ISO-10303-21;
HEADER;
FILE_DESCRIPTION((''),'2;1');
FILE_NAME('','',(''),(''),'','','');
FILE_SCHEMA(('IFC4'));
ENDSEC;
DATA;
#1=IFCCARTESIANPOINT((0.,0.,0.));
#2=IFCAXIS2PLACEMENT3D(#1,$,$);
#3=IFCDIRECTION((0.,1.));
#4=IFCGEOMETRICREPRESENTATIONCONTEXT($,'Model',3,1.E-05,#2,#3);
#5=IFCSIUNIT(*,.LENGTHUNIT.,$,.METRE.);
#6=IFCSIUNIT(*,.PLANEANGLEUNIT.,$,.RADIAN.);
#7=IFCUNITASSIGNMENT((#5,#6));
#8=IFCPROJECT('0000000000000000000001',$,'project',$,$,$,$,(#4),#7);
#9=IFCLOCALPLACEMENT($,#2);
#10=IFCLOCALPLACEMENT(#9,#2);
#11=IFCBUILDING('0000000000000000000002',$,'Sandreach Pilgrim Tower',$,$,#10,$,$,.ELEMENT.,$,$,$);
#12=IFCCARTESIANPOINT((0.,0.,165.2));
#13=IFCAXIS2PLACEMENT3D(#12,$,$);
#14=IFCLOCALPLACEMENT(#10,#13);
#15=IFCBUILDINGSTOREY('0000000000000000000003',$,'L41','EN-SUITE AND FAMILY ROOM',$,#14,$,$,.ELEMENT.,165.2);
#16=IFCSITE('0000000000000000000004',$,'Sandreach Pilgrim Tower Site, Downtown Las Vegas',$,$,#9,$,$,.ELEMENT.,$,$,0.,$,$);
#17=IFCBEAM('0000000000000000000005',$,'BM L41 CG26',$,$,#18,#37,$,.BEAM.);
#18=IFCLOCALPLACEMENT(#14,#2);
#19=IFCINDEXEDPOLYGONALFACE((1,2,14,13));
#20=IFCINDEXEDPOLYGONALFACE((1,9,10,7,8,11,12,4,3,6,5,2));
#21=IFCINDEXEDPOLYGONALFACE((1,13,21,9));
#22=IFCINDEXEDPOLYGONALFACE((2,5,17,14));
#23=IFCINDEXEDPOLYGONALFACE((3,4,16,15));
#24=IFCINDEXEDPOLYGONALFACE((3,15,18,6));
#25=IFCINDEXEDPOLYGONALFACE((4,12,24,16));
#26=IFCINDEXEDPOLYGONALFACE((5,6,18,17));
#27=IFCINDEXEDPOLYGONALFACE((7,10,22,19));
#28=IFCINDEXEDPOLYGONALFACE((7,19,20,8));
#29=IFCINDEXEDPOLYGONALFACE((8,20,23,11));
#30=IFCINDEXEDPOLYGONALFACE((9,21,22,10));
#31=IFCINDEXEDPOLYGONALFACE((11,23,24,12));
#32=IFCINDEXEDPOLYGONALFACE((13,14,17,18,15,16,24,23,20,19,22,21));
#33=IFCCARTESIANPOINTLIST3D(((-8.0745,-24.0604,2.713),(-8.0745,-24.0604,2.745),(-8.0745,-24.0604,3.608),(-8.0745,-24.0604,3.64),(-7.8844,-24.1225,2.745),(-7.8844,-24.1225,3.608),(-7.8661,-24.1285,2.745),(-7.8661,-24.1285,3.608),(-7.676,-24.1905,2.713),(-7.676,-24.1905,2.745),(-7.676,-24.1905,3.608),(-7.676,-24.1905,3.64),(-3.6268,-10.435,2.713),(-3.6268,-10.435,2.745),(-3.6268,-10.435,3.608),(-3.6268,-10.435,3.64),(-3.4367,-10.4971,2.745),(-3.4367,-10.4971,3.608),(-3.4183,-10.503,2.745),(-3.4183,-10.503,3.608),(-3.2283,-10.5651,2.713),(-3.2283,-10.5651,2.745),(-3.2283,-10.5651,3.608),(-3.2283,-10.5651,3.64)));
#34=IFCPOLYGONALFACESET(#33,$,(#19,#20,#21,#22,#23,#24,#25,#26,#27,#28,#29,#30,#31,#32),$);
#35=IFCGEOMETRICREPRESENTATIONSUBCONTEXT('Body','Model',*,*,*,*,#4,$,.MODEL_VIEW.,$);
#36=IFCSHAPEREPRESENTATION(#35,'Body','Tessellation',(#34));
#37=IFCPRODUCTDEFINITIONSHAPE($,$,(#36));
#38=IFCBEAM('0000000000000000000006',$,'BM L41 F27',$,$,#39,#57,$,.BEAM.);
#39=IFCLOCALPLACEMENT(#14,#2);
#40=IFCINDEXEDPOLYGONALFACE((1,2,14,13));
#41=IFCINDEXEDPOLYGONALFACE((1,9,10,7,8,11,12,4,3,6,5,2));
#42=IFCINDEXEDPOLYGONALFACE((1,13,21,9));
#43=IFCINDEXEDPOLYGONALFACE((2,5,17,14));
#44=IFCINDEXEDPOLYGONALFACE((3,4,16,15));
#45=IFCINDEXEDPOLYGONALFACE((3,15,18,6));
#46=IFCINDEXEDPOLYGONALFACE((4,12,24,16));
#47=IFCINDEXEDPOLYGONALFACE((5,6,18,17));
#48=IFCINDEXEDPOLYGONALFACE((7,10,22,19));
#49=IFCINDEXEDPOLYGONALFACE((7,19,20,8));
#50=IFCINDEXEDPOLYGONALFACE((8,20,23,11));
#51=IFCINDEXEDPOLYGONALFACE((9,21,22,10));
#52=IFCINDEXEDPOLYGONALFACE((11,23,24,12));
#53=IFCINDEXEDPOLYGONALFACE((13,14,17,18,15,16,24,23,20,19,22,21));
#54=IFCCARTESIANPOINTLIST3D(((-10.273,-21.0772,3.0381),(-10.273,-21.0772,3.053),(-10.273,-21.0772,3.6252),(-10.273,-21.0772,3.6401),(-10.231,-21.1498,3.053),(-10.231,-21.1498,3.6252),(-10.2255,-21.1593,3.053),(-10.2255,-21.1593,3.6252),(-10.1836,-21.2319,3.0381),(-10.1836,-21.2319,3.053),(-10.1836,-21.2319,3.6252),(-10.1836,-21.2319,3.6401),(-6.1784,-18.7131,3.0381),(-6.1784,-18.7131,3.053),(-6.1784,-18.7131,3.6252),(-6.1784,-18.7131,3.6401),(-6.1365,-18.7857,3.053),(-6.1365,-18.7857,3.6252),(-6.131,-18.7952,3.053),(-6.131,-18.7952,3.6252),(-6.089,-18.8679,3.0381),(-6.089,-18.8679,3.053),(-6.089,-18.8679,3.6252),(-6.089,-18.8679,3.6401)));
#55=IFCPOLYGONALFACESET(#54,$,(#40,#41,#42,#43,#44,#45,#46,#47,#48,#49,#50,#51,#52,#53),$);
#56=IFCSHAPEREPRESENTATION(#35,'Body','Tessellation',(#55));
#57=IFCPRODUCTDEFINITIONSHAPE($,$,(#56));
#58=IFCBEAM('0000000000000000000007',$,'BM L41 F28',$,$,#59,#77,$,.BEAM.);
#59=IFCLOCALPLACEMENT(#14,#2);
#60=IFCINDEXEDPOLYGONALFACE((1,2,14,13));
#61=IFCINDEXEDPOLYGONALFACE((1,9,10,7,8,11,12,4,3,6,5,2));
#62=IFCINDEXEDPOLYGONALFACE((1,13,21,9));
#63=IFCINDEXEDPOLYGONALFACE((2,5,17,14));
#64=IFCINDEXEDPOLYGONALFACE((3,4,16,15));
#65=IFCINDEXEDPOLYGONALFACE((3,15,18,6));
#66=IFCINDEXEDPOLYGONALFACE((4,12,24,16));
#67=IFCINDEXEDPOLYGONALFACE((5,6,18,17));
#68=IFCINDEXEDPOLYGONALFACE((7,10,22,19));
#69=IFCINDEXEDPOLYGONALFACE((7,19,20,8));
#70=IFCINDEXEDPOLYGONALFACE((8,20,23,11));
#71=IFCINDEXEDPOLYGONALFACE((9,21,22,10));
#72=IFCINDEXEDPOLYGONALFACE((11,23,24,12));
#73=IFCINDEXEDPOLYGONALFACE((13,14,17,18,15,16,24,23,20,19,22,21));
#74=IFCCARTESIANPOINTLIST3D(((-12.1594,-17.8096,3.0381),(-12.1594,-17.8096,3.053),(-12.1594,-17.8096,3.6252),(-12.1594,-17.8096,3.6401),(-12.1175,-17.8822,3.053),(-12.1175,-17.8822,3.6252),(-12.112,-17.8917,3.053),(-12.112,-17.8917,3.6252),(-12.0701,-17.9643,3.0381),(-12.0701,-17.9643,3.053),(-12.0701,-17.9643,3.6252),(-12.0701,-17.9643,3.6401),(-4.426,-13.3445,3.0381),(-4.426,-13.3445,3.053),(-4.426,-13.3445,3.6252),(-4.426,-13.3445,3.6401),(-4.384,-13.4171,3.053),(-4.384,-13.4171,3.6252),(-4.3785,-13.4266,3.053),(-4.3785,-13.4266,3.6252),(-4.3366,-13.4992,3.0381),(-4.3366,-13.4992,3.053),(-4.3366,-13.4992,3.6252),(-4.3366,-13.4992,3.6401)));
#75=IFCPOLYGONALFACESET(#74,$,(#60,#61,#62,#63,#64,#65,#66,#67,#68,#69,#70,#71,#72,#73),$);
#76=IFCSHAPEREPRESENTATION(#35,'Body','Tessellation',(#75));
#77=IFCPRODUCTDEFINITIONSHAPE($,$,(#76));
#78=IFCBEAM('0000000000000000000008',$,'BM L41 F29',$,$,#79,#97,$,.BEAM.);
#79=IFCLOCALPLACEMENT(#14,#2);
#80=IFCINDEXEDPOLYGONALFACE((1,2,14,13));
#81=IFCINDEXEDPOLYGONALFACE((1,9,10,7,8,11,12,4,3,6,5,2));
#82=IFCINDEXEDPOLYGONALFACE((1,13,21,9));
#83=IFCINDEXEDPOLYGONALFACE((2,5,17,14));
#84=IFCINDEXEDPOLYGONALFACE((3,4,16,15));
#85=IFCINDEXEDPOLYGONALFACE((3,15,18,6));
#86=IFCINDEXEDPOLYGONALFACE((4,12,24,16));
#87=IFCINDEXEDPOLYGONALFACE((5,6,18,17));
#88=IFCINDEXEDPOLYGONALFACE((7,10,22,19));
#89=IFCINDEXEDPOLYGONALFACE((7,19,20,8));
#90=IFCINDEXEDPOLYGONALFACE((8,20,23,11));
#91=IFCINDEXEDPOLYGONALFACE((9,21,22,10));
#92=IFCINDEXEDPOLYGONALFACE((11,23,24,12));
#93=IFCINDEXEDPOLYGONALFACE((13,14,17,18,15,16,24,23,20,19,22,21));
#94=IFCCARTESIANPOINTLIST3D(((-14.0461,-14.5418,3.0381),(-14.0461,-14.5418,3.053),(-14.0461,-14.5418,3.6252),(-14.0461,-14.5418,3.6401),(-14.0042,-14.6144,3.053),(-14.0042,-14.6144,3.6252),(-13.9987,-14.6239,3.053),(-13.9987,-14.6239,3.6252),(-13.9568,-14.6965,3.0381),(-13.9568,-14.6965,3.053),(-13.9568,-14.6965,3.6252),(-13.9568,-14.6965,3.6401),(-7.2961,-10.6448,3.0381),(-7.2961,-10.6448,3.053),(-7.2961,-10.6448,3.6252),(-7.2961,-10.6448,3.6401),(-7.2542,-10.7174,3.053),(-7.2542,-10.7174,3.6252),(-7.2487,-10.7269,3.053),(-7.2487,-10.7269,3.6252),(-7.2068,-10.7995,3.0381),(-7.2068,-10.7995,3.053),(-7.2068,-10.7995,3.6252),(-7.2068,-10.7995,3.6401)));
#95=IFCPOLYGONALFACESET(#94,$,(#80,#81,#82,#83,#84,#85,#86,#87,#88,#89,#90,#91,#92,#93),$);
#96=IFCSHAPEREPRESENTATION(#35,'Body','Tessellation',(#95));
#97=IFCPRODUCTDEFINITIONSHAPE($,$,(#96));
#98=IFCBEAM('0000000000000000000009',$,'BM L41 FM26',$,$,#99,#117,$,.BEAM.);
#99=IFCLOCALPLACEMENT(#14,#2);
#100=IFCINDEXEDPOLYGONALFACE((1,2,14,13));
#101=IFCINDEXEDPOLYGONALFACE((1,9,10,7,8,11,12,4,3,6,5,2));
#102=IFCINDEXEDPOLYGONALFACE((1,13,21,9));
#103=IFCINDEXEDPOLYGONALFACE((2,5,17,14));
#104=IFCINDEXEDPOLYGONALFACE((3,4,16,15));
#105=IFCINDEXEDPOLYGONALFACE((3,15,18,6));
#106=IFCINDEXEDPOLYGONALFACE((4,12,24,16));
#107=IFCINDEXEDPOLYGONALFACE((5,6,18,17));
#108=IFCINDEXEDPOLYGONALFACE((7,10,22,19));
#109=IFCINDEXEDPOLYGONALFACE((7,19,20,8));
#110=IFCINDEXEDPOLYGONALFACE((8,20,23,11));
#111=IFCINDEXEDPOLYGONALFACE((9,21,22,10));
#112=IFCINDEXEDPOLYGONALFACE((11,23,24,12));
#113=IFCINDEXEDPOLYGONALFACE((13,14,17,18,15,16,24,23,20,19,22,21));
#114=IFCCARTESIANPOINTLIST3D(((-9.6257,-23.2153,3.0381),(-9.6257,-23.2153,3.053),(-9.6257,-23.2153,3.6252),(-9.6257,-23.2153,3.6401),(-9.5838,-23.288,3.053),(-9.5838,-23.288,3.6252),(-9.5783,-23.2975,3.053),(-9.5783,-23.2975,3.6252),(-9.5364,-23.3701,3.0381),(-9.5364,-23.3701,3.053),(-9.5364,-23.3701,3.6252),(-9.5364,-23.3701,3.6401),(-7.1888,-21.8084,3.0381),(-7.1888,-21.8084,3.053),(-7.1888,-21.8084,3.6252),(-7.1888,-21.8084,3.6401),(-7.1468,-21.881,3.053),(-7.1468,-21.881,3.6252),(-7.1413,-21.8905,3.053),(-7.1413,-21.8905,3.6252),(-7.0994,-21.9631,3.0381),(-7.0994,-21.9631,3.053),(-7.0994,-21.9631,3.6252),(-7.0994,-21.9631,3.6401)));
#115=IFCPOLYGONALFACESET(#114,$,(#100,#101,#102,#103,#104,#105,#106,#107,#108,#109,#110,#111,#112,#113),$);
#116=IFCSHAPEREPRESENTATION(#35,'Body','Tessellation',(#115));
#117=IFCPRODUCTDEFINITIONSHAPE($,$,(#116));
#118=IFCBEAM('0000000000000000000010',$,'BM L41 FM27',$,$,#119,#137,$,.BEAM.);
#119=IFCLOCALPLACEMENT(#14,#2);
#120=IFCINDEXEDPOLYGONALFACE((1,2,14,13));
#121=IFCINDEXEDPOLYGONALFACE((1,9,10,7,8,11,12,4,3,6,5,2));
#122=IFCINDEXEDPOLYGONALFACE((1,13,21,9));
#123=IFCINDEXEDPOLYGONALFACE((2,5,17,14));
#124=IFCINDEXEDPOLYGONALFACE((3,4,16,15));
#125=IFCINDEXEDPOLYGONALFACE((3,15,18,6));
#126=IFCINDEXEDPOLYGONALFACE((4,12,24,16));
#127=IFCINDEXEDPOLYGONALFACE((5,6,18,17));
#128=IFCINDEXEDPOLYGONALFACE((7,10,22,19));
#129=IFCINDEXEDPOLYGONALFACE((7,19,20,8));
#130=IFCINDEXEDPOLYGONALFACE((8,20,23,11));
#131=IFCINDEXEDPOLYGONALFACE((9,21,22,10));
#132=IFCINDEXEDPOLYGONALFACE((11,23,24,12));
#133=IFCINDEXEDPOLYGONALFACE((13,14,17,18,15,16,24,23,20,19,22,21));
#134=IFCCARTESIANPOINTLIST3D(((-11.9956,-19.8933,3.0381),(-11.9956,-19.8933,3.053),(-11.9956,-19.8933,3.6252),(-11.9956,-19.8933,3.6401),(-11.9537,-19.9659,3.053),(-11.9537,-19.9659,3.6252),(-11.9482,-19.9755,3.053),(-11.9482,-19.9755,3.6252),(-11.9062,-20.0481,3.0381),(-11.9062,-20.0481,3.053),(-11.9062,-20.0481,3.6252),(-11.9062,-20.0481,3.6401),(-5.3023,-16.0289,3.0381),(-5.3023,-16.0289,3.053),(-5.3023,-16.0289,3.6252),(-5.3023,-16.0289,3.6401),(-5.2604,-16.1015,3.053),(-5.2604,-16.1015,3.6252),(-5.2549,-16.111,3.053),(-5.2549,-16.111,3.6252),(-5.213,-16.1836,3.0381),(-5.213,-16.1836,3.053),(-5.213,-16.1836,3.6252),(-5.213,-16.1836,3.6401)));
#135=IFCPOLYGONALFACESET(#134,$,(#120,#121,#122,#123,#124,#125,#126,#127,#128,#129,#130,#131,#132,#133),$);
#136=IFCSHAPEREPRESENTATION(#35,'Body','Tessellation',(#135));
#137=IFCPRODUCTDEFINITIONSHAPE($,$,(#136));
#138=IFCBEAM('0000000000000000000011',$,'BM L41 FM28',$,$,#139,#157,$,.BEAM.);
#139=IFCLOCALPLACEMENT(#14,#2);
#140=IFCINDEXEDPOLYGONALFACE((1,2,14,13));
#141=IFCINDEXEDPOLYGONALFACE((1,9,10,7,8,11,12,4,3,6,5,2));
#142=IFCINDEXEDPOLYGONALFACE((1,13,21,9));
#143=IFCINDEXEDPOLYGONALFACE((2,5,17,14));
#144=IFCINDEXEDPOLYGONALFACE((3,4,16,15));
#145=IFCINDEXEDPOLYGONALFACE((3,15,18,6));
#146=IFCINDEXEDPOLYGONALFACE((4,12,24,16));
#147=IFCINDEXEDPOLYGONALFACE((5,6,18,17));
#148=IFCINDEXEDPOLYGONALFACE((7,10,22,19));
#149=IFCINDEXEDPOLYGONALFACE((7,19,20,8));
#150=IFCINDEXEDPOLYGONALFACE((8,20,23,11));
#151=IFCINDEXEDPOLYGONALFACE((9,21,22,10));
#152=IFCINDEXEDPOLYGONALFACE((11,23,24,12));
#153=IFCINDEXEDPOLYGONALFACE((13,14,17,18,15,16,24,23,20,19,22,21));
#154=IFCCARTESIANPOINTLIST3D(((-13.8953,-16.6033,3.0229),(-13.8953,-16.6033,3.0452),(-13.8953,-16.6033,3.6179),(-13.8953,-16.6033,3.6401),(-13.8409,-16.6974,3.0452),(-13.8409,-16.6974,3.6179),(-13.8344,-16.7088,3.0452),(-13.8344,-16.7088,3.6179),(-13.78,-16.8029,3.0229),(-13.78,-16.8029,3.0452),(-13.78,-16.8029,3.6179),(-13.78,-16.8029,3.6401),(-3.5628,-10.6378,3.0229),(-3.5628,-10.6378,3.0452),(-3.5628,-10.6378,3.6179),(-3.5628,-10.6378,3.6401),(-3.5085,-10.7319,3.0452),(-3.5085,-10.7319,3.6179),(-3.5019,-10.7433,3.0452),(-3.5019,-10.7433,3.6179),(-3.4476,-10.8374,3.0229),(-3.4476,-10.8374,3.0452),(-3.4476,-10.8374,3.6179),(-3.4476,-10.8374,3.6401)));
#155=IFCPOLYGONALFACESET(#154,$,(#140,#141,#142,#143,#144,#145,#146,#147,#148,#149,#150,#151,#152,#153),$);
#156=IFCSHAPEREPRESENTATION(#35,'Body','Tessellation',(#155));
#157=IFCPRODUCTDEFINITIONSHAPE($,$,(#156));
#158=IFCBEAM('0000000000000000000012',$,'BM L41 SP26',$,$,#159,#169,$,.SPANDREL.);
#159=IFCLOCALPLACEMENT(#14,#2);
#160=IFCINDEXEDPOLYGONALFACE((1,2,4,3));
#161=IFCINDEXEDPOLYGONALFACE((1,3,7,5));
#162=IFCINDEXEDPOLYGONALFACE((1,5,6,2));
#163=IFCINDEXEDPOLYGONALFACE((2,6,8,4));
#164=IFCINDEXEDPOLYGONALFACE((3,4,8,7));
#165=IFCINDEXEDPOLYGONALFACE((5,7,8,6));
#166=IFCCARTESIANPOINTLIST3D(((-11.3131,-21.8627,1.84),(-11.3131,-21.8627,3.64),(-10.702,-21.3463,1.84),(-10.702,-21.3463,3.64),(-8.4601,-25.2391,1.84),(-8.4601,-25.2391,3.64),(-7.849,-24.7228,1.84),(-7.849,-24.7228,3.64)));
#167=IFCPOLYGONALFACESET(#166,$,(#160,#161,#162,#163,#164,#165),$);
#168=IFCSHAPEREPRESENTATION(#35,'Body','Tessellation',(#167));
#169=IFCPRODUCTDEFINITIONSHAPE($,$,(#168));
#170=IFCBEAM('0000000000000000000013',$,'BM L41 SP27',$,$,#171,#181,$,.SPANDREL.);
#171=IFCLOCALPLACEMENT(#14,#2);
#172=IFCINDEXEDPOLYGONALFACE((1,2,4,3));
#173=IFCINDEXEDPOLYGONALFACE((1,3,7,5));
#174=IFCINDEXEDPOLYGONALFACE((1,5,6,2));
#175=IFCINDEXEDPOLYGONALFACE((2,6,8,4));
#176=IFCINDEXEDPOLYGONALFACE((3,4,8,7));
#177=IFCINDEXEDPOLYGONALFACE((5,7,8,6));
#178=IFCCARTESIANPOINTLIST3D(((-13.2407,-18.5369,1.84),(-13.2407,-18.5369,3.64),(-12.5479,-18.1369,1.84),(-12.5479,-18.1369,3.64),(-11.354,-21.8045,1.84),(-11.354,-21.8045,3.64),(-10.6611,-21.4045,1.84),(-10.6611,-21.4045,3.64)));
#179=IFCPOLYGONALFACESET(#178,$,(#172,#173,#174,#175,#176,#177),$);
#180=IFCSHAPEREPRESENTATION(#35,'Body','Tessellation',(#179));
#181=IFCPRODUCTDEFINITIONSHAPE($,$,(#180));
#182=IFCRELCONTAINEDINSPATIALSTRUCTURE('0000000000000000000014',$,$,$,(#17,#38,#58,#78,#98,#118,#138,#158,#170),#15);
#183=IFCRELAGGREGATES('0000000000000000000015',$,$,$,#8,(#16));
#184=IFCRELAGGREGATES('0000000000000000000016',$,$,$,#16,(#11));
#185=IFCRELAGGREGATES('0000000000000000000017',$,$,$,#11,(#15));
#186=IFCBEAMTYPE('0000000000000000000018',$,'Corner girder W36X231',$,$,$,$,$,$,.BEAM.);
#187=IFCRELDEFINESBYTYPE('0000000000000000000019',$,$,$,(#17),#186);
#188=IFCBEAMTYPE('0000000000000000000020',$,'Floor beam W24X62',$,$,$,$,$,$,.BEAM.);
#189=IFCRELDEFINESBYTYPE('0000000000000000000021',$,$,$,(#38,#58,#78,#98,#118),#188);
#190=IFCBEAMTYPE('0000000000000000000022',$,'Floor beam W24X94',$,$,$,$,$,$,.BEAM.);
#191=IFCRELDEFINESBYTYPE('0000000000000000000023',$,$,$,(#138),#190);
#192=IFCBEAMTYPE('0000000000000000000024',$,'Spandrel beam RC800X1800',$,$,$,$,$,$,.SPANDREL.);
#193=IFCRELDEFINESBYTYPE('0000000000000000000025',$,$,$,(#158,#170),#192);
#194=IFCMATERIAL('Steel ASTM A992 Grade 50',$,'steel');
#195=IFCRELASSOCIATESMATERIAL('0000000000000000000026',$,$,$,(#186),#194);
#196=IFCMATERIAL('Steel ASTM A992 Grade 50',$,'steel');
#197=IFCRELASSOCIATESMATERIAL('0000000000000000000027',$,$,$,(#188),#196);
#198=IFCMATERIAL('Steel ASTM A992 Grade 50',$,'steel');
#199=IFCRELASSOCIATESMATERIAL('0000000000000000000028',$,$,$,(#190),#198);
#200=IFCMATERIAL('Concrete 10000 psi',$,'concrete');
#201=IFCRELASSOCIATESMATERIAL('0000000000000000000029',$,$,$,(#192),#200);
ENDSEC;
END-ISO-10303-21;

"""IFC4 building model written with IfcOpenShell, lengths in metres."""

from ifc_helpers import new_model, si_unit, direction, frame, origin, origin_2d, place, context, subcontext, project, spatial, rectangle, i_section, extrude, material, material_profile, profile_set, type_object, element, save


model = new_model("IFC4")

# Units and contexts
model_context = context("Model", 3, precision=1e-05, world=origin(), true_north=direction((0.0, 1.0)))
body_context = subcontext(model_context, "Body", "Model", "MODEL_VIEW")
ifc_project = project(units=[si_unit("LENGTHUNIT", "METRE"), si_unit("PLANEANGLEUNIT", "RADIAN")], contexts=[model_context])

# Site, building, storey
site_placement = place(None, origin())
site = spatial("IfcSite", under=ifc_project, at=site_placement, Name="Sandreach Pilgrim Tower Site, Downtown Las Vegas", CompositionType="ELEMENT", RefElevation=0.0)
building_placement = place(site_placement, origin())
building = spatial("IfcBuilding", under=site, at=building_placement, Name="Sandreach Pilgrim Tower", CompositionType="ELEMENT")
storey_placement = place(building_placement, frame((0.0, 0.0, 165.2)))
storey = spatial("IfcBuildingStorey", under=building, at=storey_placement, Name="L41", Description="EN-SUITE AND FAMILY ROOM", CompositionType="ELEMENT", Elevation=165.2)

# Beams
ifc_material_1 = material(Name="Steel ASTM A992 Grade 50", Category="steel")
ifc_material_profile_1 = material_profile(ifc_material_1, i_section(OverallWidth=0.4192, OverallDepth=0.927, WebThickness=0.0193, FlangeThickness=0.032, at=origin_2d()), Name="W36X231")
ifc_profile_set_1 = profile_set([ifc_material_profile_1], Name="Steel ASTM A992 Grade 50")
beam_type_1 = type_object("IfcBeamType", Name="Corner girder W36X231", PredefinedType="BEAM", material=ifc_profile_set_1)
beam_1_placement = place(storey_placement, frame((-7.8752, -24.1255, 3.1765), z_axis=(0.310314, 0.950634, 0.0), x_axis=(-0.950634, 0.310314, 0.0)))
element("IfcBeam", 1, at=beam_1_placement, inside=storey, type_object=beam_type_1, Name="BM L41 CG26", PredefinedType="BEAM", context=body_context, shape_type="SweptSolid", body=[
    extrude(i_section(OverallWidth=0.4192, OverallDepth=0.927, WebThickness=0.0193, FlangeThickness=0.032, at=origin_2d()), origin(), (0.0, 0.0, 1.0), 14.333),
])
ifc_material_2 = material(Name="Steel ASTM A992 Grade 50", Category="steel")
ifc_material_profile_2 = material_profile(ifc_material_2, i_section(OverallWidth=0.1787, OverallDepth=0.6021, WebThickness=0.011, FlangeThickness=0.0149, at=origin_2d()), Name="W24X62")
ifc_profile_set_2 = profile_set([ifc_material_profile_2], Name="Steel ASTM A992 Grade 50")
beam_type_2 = type_object("IfcBeamType", Name="Floor beam W24X62", PredefinedType="BEAM", material=ifc_profile_set_2)
beam_2_placement = place(storey_placement, frame((-10.2283, -21.1545, 3.3391), z_axis=(0.86602, 0.50001, 0.0), x_axis=(-0.50001, 0.86602, 0.0)))
element("IfcBeam", 2, at=beam_2_placement, inside=storey, type_object=beam_type_2, Name="BM L41 F27", PredefinedType="BEAM", context=body_context, shape_type="SweptSolid", body=[
    extrude(i_section(OverallWidth=0.1787, OverallDepth=0.6021, WebThickness=0.011, FlangeThickness=0.0149, at=origin_2d()), origin(), (0.0, 0.0, 1.0), 4.728),
])
beam_3_placement = place(storey_placement, frame((-12.1147, -17.887, 3.3391), z_axis=(0.866015, 0.500017, 0.0), x_axis=(-0.500017, 0.866015, 0.0)))
element("IfcBeam", 3, at=beam_3_placement, inside=storey, type_object=beam_type_2, Name="BM L41 F28", PredefinedType="BEAM", context=body_context, shape_type="SweptSolid", body=[
    extrude(i_section(OverallWidth=0.1787, OverallDepth=0.6021, WebThickness=0.011, FlangeThickness=0.0149, at=origin_2d()), origin(), (0.0, 0.0, 1.0), 8.9299),
])
beam_4_placement = place(storey_placement, frame((-14.0015, -14.6191, 3.3391), z_axis=(0.866033, 0.499986, 0.0), x_axis=(-0.499986, 0.866033, 0.0)))
element("IfcBeam", 4, at=beam_4_placement, inside=storey, type_object=beam_type_2, Name="BM L41 F29", PredefinedType="BEAM", context=body_context, shape_type="SweptSolid", body=[
    extrude(i_section(OverallWidth=0.1787, OverallDepth=0.6021, WebThickness=0.011, FlangeThickness=0.0149, at=origin_2d()), origin(), (0.0, 0.0, 1.0), 7.7942),
])
beam_5_placement = place(storey_placement, frame((-9.5811, -23.2927, 3.3391), z_axis=(0.86603, 0.499993, 0.0), x_axis=(-0.499993, 0.86603, 0.0)))
element("IfcBeam", 5, at=beam_5_placement, inside=storey, type_object=beam_type_2, Name="BM L41 FM26", PredefinedType="BEAM", context=body_context, shape_type="SweptSolid", body=[
    extrude(i_section(OverallWidth=0.1787, OverallDepth=0.6021, WebThickness=0.011, FlangeThickness=0.0149, at=origin_2d()), origin(), (0.0, 0.0, 1.0), 2.814),
])
beam_6_placement = place(storey_placement, frame((-11.9509, -19.9707, 3.3391), z_axis=(0.86602, 0.500009, 0.0), x_axis=(-0.500009, 0.86602, 0.0)))
element("IfcBeam", 6, at=beam_6_placement, inside=storey, type_object=beam_type_2, Name="BM L41 FM27", PredefinedType="BEAM", context=body_context, shape_type="SweptSolid", body=[
    extrude(i_section(OverallWidth=0.1787, OverallDepth=0.6021, WebThickness=0.011, FlangeThickness=0.0149, at=origin_2d()), origin(), (0.0, 0.0, 1.0), 7.7288),
])
ifc_material_3 = material(Name="Steel ASTM A992 Grade 50", Category="steel")
ifc_material_profile_3 = material_profile(ifc_material_3, i_section(OverallWidth=0.2305, OverallDepth=0.6172, WebThickness=0.0132, FlangeThickness=0.0222, at=origin_2d()), Name="W24X94")
ifc_profile_set_3 = profile_set([ifc_material_profile_3], Name="Steel ASTM A992 Grade 50")
beam_type_3 = type_object("IfcBeamType", Name="Floor beam W24X94", PredefinedType="BEAM", material=ifc_profile_set_3)
beam_7_placement = place(storey_placement, frame((-13.8376, -16.7031, 3.3315), z_axis=(0.866022, 0.500006, 0.0), x_axis=(-0.500006, 0.866022, 0.0)))
element("IfcBeam", 7, at=beam_7_placement, inside=storey, type_object=beam_type_3, Name="BM L41 FM28", PredefinedType="BEAM", context=body_context, shape_type="SweptSolid", body=[
    extrude(i_section(OverallWidth=0.2305, OverallDepth=0.6172, WebThickness=0.0132, FlangeThickness=0.0222, at=origin_2d()), origin(), (0.0, 0.0, 1.0), 11.9309),
])
ifc_material_4 = material(Name="Concrete 10000 psi", Category="concrete")
ifc_material_profile_4 = material_profile(ifc_material_4, rectangle(XDim=0.8, YDim=1.8, at=origin_2d()), Name="RC800X1800")
ifc_profile_set_4 = profile_set([ifc_material_profile_4], Name="Concrete 10000 psi")
beam_type_4 = type_object("IfcBeamType", Name="Spandrel beam RC800X1800", PredefinedType="SPANDREL", material=ifc_profile_set_4)
beam_8_placement = place(storey_placement, frame((-8.1545, -24.981, 2.74), z_axis=(-0.645417, 0.76383, 0.0), x_axis=(-0.76383, -0.645417, 0.0)))
element("IfcBeam", 8, at=beam_8_placement, inside=storey, type_object=beam_type_4, Name="BM L41 SP26", PredefinedType="SPANDREL", context=body_context, shape_type="SweptSolid", body=[
    extrude(rectangle(XDim=0.8, YDim=1.8, at=origin_2d()), origin(), (0.0, 0.0, 1.0), 4.4204),
])
beam_9_placement = place(storey_placement, frame((-11.0076, -21.6045, 2.74), z_axis=(-0.500036, 0.866005, 0.0), x_axis=(-0.866005, -0.500036, 0.0)))
element("IfcBeam", 9, at=beam_9_placement, inside=storey, type_object=beam_type_4, Name="BM L41 SP27", PredefinedType="SPANDREL", context=body_context, shape_type="SweptSolid", body=[
    extrude(rectangle(XDim=0.8, YDim=1.8, at=origin_2d()), origin(), (0.0, 0.0, 1.0), 3.7732),
])

save(model, "model.ifc")
